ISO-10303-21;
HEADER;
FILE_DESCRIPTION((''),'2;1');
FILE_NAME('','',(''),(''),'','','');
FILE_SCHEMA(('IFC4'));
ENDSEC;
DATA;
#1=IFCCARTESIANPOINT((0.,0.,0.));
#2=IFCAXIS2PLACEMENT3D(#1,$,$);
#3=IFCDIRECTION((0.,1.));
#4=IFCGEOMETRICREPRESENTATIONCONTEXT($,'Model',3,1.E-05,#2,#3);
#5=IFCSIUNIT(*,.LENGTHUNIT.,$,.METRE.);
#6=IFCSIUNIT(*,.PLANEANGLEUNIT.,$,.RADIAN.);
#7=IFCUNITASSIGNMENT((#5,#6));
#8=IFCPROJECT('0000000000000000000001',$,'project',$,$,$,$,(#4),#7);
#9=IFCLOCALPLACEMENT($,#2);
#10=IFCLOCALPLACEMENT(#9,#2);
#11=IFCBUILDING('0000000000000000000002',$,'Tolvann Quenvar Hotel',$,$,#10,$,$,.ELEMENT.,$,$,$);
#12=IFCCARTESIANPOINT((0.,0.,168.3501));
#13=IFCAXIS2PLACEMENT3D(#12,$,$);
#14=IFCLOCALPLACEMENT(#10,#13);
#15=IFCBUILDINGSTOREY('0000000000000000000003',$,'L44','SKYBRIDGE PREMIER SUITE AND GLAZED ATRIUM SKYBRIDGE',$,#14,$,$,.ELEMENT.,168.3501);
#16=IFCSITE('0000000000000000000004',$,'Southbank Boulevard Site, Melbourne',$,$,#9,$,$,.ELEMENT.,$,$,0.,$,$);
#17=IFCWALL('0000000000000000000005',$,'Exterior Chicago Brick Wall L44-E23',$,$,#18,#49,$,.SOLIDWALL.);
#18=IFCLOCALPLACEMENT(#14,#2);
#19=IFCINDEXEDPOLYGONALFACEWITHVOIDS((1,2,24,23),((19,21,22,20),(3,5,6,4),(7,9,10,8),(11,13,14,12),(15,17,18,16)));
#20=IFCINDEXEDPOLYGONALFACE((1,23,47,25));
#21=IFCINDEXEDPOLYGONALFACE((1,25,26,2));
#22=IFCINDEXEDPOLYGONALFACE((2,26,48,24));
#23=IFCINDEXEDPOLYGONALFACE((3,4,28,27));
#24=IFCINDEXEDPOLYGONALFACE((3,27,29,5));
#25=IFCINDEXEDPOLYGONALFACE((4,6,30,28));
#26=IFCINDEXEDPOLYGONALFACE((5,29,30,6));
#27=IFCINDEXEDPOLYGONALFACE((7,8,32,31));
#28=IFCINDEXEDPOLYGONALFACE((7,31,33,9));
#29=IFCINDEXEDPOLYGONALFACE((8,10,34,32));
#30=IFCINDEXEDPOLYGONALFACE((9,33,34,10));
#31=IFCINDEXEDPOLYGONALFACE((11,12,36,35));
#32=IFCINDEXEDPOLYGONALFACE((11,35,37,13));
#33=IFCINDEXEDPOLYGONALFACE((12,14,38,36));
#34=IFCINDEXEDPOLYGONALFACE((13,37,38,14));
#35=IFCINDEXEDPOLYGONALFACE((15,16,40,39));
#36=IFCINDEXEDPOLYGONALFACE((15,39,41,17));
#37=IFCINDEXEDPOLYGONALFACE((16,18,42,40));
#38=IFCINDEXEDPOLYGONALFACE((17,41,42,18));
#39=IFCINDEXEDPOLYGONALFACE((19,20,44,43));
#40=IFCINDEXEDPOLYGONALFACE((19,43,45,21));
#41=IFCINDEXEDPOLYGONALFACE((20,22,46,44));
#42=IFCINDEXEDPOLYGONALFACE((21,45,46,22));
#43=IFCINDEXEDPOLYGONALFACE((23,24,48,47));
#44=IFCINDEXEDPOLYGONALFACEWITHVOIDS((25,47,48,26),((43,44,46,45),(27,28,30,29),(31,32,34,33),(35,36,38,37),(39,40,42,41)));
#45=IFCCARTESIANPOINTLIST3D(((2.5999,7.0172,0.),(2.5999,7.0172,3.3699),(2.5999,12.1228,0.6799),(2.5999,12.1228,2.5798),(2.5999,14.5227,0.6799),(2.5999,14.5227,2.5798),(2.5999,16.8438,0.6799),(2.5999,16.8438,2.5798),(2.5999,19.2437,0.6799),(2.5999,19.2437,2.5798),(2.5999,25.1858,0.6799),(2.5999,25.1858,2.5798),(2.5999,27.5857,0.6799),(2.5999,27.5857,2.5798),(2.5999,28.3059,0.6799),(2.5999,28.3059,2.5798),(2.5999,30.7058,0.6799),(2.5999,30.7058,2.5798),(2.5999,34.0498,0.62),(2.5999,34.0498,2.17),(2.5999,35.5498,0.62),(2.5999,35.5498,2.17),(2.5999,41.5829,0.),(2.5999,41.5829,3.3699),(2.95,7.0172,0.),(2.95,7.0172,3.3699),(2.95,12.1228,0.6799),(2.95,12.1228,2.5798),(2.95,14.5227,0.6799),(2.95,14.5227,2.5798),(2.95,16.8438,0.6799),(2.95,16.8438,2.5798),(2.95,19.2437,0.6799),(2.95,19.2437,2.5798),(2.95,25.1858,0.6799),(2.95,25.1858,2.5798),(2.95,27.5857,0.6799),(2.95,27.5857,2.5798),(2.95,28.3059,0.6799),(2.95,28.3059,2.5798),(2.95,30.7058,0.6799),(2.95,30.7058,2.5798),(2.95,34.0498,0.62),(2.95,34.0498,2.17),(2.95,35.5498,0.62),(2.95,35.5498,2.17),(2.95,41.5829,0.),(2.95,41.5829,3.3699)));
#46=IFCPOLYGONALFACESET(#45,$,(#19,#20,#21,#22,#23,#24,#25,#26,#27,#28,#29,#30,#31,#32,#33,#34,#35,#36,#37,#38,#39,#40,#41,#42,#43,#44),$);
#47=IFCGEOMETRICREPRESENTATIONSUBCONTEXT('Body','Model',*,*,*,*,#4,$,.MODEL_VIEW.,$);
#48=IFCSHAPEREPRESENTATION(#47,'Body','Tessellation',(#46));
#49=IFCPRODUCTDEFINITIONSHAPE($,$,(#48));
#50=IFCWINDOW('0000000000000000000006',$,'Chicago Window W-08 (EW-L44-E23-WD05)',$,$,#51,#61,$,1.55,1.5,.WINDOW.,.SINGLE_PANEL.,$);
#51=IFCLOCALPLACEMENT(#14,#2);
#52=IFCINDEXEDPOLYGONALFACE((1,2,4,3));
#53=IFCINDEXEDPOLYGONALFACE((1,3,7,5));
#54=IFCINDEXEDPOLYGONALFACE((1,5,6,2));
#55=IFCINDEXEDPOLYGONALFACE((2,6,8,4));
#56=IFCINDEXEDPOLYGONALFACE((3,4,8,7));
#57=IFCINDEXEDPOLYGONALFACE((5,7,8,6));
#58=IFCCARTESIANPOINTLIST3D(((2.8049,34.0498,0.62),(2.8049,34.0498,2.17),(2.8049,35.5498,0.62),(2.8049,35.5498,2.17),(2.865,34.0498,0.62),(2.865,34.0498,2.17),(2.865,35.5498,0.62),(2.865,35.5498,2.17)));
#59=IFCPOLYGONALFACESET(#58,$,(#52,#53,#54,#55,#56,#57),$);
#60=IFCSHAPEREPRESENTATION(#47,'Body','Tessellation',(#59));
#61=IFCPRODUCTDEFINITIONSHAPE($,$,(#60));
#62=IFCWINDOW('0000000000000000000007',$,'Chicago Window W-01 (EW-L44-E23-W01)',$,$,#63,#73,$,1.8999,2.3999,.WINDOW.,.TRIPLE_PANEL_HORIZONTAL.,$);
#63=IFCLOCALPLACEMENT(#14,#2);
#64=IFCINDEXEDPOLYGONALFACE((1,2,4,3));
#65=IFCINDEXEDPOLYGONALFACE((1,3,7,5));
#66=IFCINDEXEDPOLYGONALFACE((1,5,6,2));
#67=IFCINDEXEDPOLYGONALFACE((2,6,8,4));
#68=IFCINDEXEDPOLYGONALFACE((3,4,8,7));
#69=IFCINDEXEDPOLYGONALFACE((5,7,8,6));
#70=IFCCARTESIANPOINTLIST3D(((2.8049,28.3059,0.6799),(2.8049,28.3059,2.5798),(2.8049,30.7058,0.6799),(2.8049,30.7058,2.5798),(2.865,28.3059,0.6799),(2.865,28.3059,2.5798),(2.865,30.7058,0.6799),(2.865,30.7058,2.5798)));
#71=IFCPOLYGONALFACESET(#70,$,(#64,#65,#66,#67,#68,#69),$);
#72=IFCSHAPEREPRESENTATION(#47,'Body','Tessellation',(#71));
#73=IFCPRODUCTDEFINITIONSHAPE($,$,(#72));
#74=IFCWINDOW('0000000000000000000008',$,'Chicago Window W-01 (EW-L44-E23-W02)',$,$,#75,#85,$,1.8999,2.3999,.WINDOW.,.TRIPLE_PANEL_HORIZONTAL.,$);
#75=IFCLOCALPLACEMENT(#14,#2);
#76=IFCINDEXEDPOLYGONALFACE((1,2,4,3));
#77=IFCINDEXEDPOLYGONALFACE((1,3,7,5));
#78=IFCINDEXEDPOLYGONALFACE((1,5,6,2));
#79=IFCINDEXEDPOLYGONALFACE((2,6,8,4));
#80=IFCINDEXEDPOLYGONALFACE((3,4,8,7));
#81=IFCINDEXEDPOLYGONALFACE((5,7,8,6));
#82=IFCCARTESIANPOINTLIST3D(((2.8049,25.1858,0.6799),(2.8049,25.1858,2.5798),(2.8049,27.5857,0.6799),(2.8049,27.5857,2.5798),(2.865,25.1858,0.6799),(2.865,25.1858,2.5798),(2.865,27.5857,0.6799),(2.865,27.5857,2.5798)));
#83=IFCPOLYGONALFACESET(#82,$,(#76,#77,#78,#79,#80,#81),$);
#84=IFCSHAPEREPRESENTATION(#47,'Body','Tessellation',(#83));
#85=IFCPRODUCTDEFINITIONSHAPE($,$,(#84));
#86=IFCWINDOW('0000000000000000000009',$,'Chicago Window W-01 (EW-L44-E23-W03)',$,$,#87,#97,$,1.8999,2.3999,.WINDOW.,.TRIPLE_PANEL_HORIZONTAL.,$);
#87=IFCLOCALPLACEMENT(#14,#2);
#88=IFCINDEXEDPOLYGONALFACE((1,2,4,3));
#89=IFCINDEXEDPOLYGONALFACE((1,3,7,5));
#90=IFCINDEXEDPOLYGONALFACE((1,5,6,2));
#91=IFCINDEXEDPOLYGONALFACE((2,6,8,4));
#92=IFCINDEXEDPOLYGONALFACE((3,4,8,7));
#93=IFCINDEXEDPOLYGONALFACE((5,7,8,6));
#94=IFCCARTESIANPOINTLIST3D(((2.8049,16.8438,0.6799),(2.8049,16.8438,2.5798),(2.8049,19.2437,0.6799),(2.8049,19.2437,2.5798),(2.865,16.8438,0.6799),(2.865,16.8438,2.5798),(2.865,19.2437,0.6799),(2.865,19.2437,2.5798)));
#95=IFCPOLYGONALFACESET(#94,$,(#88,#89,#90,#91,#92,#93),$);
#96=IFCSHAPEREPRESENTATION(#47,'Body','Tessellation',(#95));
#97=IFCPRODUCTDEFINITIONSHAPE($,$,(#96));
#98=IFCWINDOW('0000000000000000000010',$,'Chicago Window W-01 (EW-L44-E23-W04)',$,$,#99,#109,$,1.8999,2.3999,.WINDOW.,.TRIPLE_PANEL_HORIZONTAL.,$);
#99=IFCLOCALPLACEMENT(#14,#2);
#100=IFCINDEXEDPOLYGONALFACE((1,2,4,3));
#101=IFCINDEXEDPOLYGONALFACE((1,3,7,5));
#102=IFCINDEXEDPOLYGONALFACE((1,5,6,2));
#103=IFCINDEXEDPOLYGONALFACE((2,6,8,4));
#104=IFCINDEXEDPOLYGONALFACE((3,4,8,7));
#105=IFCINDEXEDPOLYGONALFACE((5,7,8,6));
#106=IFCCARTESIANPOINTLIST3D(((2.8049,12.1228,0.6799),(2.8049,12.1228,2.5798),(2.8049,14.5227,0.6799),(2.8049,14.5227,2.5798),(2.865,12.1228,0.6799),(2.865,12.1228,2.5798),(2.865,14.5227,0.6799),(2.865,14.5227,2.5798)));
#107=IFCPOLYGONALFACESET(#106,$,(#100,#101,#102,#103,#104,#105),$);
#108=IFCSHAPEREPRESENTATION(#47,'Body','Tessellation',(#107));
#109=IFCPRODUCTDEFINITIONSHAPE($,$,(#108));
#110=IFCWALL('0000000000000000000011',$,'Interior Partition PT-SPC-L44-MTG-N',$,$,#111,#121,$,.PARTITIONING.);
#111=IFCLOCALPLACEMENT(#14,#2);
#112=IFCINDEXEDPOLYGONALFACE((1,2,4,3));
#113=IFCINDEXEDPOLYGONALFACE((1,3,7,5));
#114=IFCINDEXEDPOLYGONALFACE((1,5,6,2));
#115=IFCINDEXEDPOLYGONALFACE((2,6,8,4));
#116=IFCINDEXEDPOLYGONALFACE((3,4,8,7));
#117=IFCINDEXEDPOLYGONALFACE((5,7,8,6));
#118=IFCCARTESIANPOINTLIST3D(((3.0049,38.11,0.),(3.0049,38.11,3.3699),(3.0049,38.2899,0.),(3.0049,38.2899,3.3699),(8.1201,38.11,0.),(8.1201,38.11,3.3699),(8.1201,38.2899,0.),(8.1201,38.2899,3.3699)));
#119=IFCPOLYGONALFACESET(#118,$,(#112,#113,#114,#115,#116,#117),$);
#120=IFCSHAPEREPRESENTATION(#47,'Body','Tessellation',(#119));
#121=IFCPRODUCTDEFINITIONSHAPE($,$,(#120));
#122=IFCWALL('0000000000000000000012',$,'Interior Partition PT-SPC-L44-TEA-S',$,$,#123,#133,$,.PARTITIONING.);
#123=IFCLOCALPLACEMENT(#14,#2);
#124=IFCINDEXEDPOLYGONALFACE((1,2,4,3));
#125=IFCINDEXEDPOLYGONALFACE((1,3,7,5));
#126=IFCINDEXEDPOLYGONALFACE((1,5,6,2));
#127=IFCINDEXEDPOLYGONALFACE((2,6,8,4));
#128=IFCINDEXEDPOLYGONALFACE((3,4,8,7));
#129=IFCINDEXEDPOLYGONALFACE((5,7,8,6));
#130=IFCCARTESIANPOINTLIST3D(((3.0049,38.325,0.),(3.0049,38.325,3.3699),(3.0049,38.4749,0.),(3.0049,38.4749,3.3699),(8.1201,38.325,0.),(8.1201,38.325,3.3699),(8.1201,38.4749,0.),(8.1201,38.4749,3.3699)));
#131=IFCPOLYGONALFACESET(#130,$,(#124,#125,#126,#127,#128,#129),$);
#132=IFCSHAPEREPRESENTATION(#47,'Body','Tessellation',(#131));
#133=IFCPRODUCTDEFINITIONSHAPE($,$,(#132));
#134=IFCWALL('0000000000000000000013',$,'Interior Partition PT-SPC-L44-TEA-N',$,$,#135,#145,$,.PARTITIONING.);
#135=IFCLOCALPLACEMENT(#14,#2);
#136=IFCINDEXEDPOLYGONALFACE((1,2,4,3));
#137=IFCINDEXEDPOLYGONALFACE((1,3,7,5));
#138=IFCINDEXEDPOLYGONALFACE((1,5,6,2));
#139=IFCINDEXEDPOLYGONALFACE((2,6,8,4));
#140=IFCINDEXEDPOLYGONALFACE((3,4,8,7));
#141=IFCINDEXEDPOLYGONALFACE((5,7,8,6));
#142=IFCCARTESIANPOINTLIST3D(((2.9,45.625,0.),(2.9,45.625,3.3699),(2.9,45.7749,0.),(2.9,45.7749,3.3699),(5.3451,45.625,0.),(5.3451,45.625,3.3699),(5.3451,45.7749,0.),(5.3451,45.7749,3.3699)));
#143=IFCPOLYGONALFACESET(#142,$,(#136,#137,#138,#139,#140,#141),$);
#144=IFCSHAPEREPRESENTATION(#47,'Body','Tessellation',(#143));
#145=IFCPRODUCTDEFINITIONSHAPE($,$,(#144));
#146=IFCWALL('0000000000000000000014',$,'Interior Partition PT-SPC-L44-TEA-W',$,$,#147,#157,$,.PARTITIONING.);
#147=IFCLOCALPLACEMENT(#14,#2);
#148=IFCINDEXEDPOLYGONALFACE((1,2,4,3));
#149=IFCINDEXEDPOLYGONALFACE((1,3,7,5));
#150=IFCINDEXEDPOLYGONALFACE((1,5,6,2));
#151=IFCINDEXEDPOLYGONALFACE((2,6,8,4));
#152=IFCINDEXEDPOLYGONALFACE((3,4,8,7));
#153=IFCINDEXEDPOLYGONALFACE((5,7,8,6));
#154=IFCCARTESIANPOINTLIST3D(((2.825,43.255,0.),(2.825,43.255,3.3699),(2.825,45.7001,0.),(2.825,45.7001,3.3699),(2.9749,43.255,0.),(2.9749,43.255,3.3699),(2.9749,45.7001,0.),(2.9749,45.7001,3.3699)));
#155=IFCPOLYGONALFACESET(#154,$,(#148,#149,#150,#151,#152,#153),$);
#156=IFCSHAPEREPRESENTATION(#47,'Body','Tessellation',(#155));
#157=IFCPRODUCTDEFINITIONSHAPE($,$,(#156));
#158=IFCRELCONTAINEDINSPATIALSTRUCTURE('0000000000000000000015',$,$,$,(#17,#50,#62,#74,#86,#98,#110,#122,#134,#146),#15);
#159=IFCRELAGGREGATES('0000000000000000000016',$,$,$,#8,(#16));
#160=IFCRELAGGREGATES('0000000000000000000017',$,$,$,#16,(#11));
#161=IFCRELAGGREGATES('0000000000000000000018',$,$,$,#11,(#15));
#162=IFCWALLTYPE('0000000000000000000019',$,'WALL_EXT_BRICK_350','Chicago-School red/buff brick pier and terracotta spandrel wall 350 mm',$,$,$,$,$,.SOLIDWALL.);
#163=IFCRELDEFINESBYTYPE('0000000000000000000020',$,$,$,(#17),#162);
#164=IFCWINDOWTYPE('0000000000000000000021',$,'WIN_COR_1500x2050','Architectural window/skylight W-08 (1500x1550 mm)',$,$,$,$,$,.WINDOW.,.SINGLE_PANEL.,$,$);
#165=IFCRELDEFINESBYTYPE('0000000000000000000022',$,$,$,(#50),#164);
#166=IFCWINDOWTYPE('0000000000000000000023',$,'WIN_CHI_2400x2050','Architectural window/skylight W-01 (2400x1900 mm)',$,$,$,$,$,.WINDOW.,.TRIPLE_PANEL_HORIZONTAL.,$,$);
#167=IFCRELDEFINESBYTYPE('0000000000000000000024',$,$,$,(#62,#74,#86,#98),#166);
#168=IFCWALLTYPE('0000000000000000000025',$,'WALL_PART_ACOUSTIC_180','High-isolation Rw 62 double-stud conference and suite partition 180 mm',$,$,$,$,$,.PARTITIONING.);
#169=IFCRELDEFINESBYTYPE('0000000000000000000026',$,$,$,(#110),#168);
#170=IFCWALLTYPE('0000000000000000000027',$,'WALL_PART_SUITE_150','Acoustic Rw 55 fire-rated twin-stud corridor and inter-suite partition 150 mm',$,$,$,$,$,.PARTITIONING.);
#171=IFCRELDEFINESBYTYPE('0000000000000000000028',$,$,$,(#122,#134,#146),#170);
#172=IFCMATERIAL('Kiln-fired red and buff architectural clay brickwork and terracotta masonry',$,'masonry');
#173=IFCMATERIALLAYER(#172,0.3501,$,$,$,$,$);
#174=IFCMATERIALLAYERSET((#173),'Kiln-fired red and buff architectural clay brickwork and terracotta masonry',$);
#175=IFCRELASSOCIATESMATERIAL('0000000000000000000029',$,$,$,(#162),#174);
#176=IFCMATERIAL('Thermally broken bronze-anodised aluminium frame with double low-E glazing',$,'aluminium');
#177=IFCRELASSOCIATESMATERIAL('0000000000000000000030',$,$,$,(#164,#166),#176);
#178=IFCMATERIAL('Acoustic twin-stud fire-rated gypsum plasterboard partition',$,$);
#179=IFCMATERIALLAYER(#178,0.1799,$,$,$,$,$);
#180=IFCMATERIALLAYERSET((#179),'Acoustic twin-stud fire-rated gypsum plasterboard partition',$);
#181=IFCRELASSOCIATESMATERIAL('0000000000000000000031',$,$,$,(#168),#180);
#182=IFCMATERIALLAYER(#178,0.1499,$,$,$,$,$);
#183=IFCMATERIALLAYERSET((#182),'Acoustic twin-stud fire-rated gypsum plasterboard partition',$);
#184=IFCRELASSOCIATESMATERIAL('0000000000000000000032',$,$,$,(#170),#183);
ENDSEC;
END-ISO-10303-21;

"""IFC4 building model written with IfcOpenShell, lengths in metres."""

from ifc_helpers import new_model, si_unit, direction, frame, frame_2d, origin, place, context, subcontext, project, spatial, rectangle, extrude, source, transform, mapped, material, layer, layer_set, type_object, type_shapes, element, fill, save


model = new_model("IFC4")

# Units and contexts
model_context = context("Model", 3, precision=1e-05, world=origin(), true_north=direction((0.0, 1.0)))
body_context = subcontext(model_context, "Body", "Model", "MODEL_VIEW")
ifc_project = project(units=[si_unit("LENGTHUNIT", "METRE"), si_unit("PLANEANGLEUNIT", "RADIAN")], contexts=[model_context])

# Site, building, storey
site_placement = place(None, origin())
site = spatial("IfcSite", under=ifc_project, at=site_placement, Name="Southbank Boulevard Site, Melbourne", CompositionType="ELEMENT", RefElevation=0.0)
building_placement = place(site_placement, origin())
building = spatial("IfcBuilding", under=site, at=building_placement, Name="Tolvann Quenvar Hotel", CompositionType="ELEMENT")
storey_placement = place(building_placement, frame((0.0, 0.0, 168.3501)))
storey = spatial("IfcBuildingStorey", under=building, at=storey_placement, Name="L44", Description="SKYBRIDGE PREMIER SUITE AND GLAZED ATRIUM SKYBRIDGE", CompositionType="ELEMENT", Elevation=168.3501)

# Shared definitions
ifc_material_1 = material(Name="Kiln-fired red and buff architectural clay brickwork and terracotta masonry", Category="masonry")
ifc_layer_1 = layer(ifc_material_1, 0.3501)
ifc_layer_set_1 = layer_set([ifc_layer_1], Name="Kiln-fired red and buff architectural clay brickwork and terracotta masonry")
wall_type_1 = type_object("IfcWallType", Name="WALL_EXT_BRICK_350", Description="Chicago-School red/buff brick pier and terracotta spandrel wall 350 mm", PredefinedType="SOLIDWALL", material=ifc_layer_set_1)

# Wall, openings, windows
wall_1_placement = place(storey_placement, frame((2.7749, 41.5828, 0.0), z_axis=(0.0, 0.0, 1.0), x_axis=(0.0, -1.0, 0.0)))
wall_1 = element("IfcWall", 1, at=wall_1_placement, inside=storey, type_object=wall_type_1, Name="Exterior Chicago Brick Wall L44-E23", PredefinedType="SOLIDWALL", context=body_context, shape_type="SweptSolid", body=[
    extrude(rectangle(XDim=34.5657, YDim=0.3501, at=frame_2d((17.2827, 0.0))), origin(), (0.0, 0.0, 1.0), 3.3699),
])
opening_1_placement = place(wall_1_placement, frame((10.877, 0.0, 0.6799)))
opening_1 = element("IfcOpeningElement", 2, at=opening_1_placement, cuts=wall_1, PredefinedType="OPENING", context=body_context, shape_type="SweptSolid", body=[
    extrude(rectangle(XDim=2.3999, YDim=1.8999, at=frame_2d((1.2, 0.95))), frame((0.0, 0.1851, 0.0), z_axis=(0.0, -1.0, 0.0), x_axis=(1.0, 0.0, 0.0)), (0.0, 0.0, 1.0), 0.3701),
])
opening_2_placement = place(wall_1_placement, frame((13.9971, 0.0, 0.6799)))
opening_2 = element("IfcOpeningElement", 3, at=opening_2_placement, cuts=wall_1, PredefinedType="OPENING", context=body_context, shape_type="SweptSolid", body=[
    extrude(rectangle(XDim=2.3999, YDim=1.8999, at=frame_2d((1.2, 0.95))), frame((0.0, 0.1851, 0.0), z_axis=(0.0, -1.0, 0.0), x_axis=(1.0, 0.0, 0.0)), (0.0, 0.0, 1.0), 0.3701),
])
opening_3_placement = place(wall_1_placement, frame((22.3391, 0.0, 0.6799)))
opening_3 = element("IfcOpeningElement", 4, at=opening_3_placement, cuts=wall_1, PredefinedType="OPENING", context=body_context, shape_type="SweptSolid", body=[
    extrude(rectangle(XDim=2.3999, YDim=1.8999, at=frame_2d((1.2, 0.95))), frame((0.0, 0.1851, 0.0), z_axis=(0.0, -1.0, 0.0), x_axis=(1.0, 0.0, 0.0)), (0.0, 0.0, 1.0), 0.3701),
])
opening_4_placement = place(wall_1_placement, frame((27.0601, 0.0, 0.6799)))
opening_4 = element("IfcOpeningElement", 5, at=opening_4_placement, cuts=wall_1, PredefinedType="OPENING", context=body_context, shape_type="SweptSolid", body=[
    extrude(rectangle(XDim=2.3999, YDim=1.8999, at=frame_2d((1.2, 0.95))), frame((0.0, 0.1851, 0.0), z_axis=(0.0, -1.0, 0.0), x_axis=(1.0, 0.0, 0.0)), (0.0, 0.0, 1.0), 0.3701),
])
opening_5_placement = place(wall_1_placement, frame((6.033, 0.0, 0.6201)))
opening_5 = element("IfcOpeningElement", 6, at=opening_5_placement, cuts=wall_1, PredefinedType="OPENING", context=body_context, shape_type="SweptSolid", body=[
    extrude(rectangle(XDim=1.5, YDim=1.55, at=frame_2d((0.75, 0.7749))), frame((0.0, 0.1851, 0.0), z_axis=(0.0, -1.0, 0.0), x_axis=(1.0, 0.0, 0.0)), (0.0, 0.0, 1.0), 0.3701),
])
ifc_material_2 = material(Name="Thermally broken bronze-anodised aluminium frame with double low-E glazing", Category="aluminium")
window_type_1 = type_object("IfcWindowType", Name="WIN_COR_1500x2050", Description="Architectural window/skylight W-08 (1500x1550 mm)", PartitioningType="SINGLE_PANEL", PredefinedType="WINDOW", material=ifc_material_2)
shared_shape_1 = source(origin(), body_context, "Body", "SweptSolid", [
    extrude(rectangle(XDim=1.5, YDim=1.55, at=frame_2d((0.75, 0.7749))), frame((0.0, 0.0901, 0.0), z_axis=(0.0, -1.0, 0.0), x_axis=(1.0, 0.0, 0.0)), (0.0, 0.0, 1.0), 0.0601),
])
type_shapes(window_type_1, [shared_shape_1])
window_1_placement = place(opening_5_placement, origin())
window_1 = element("IfcWindow", 7, at=window_1_placement, inside=storey, type_object=window_type_1, Name="Chicago Window W-08 (EW-L44-E23-WD05)", OverallHeight=1.55, OverallWidth=1.5, PartitioningType="SINGLE_PANEL", PredefinedType="WINDOW", context=body_context, shape_type="MappedRepresentation", body=[
    mapped(shared_shape_1, transform((0.0, 0.0, 0.0), x_axis=(1.0, 0.0, 0.0), y_axis=(0.0, 1.0, 0.0), z_axis=(0.0, 0.0, 1.0), scale=1.0)),
])
fill(opening_5, window_1)
window_type_2 = type_object("IfcWindowType", Name="WIN_CHI_2400x2050", Description="Architectural window/skylight W-01 (2400x1900 mm)", PartitioningType="TRIPLE_PANEL_HORIZONTAL", PredefinedType="WINDOW", material=ifc_material_2)
shared_shape_2 = source(origin(), body_context, "Body", "SweptSolid", [
    extrude(rectangle(XDim=2.3999, YDim=1.8999, at=frame_2d((1.2, 0.95))), frame((0.0, 0.0901, 0.0), z_axis=(0.0, -1.0, 0.0), x_axis=(1.0, 0.0, 0.0)), (0.0, 0.0, 1.0), 0.0601),
])
type_shapes(window_type_2, [shared_shape_2])
window_2_placement = place(opening_1_placement, origin())
window_2 = element("IfcWindow", 8, at=window_2_placement, inside=storey, type_object=window_type_2, Name="Chicago Window W-01 (EW-L44-E23-W01)", OverallHeight=1.8999, OverallWidth=2.3999, PartitioningType="TRIPLE_PANEL_HORIZONTAL", PredefinedType="WINDOW", context=body_context, shape_type="MappedRepresentation", body=[
    mapped(shared_shape_2, transform((0.0, 0.0, 0.0), x_axis=(1.0, 0.0, 0.0), y_axis=(0.0, 1.0, 0.0), z_axis=(0.0, 0.0, 1.0), scale=1.0)),
])
fill(opening_1, window_2)
window_3_placement = place(opening_2_placement, origin())
window_3 = element("IfcWindow", 9, at=window_3_placement, inside=storey, type_object=window_type_2, Name="Chicago Window W-01 (EW-L44-E23-W02)", OverallHeight=1.8999, OverallWidth=2.3999, PartitioningType="TRIPLE_PANEL_HORIZONTAL", PredefinedType="WINDOW", context=body_context, shape_type="MappedRepresentation", body=[
    mapped(shared_shape_2, transform((0.0, 0.0, 0.0), x_axis=(1.0, 0.0, 0.0), y_axis=(0.0, 1.0, 0.0), z_axis=(0.0, 0.0, 1.0), scale=1.0)),
])
fill(opening_2, window_3)
window_4_placement = place(opening_3_placement, origin())
window_4 = element("IfcWindow", 10, at=window_4_placement, inside=storey, type_object=window_type_2, Name="Chicago Window W-01 (EW-L44-E23-W03)", OverallHeight=1.8999, OverallWidth=2.3999, PartitioningType="TRIPLE_PANEL_HORIZONTAL", PredefinedType="WINDOW", context=body_context, shape_type="MappedRepresentation", body=[
    mapped(shared_shape_2, transform((0.0, 0.0, 0.0), x_axis=(1.0, 0.0, 0.0), y_axis=(0.0, 1.0, 0.0), z_axis=(0.0, 0.0, 1.0), scale=1.0)),
])
fill(opening_3, window_4)
window_5_placement = place(opening_4_placement, origin())
window_5 = element("IfcWindow", 11, at=window_5_placement, inside=storey, type_object=window_type_2, Name="Chicago Window W-01 (EW-L44-E23-W04)", OverallHeight=1.8999, OverallWidth=2.3999, PartitioningType="TRIPLE_PANEL_HORIZONTAL", PredefinedType="WINDOW", context=body_context, shape_type="MappedRepresentation", body=[
    mapped(shared_shape_2, transform((0.0, 0.0, 0.0), x_axis=(1.0, 0.0, 0.0), y_axis=(0.0, 1.0, 0.0), z_axis=(0.0, 0.0, 1.0), scale=1.0)),
])
fill(opening_4, window_5)

# Walls
ifc_material_3 = material(Name="Acoustic twin-stud fire-rated gypsum plasterboard partition")
ifc_layer_2 = layer(ifc_material_3, 0.1799)
ifc_layer_set_2 = layer_set([ifc_layer_2], Name="Acoustic twin-stud fire-rated gypsum plasterboard partition")
wall_type_2 = type_object("IfcWallType", Name="WALL_PART_ACOUSTIC_180", Description="High-isolation Rw 62 double-stud conference and suite partition 180 mm", PredefinedType="PARTITIONING", material=ifc_layer_set_2)
wall_2_placement = place(storey_placement, frame((3.0049, 38.2, 0.0), z_axis=(0.0, 0.0, 1.0), x_axis=(1.0, 0.0, 0.0)))
element("IfcWall", 12, at=wall_2_placement, inside=storey, type_object=wall_type_2, Name="Interior Partition PT-SPC-L44-MTG-N", PredefinedType="PARTITIONING", context=body_context, shape_type="SweptSolid", body=[
    extrude(rectangle(XDim=5.1152, YDim=0.1799, at=frame_2d((2.5576, 0.0))), origin(), (0.0, 0.0, 1.0), 3.3699),
])
ifc_layer_3 = layer(ifc_material_3, 0.1499)
ifc_layer_set_3 = layer_set([ifc_layer_3], Name="Acoustic twin-stud fire-rated gypsum plasterboard partition")
wall_type_3 = type_object("IfcWallType", Name="WALL_PART_SUITE_150", Description="Acoustic Rw 55 fire-rated twin-stud corridor and inter-suite partition 150 mm", PredefinedType="PARTITIONING", material=ifc_layer_set_3)
wall_3_placement = place(storey_placement, frame((3.0049, 38.3999, 0.0), z_axis=(0.0, 0.0, 1.0), x_axis=(1.0, 0.0, 0.0)))
element("IfcWall", 13, at=wall_3_placement, inside=storey, type_object=wall_type_3, Name="Interior Partition PT-SPC-L44-TEA-S", PredefinedType="PARTITIONING", context=body_context, shape_type="SweptSolid", body=[
    extrude(rectangle(XDim=5.1152, YDim=0.1499, at=frame_2d((2.5576, 0.0))), origin(), (0.0, 0.0, 1.0), 3.3699),
])
for number, where, z_axis, x_axis, name in (
    (14, (2.8999, 45.7, 0.0), (0.0, 0.0, 1.0), (1.0, 0.0, 0.0), "Interior Partition PT-SPC-L44-TEA-N"),
    (15, (2.8999, 43.2549, 0.0), (0.0, 0.0, 1.0), (0.0, 1.0, 0.0), "Interior Partition PT-SPC-L44-TEA-W"),
):
    element("IfcWall", number, at=place(storey_placement, frame(where, z_axis=z_axis, x_axis=x_axis)), inside=storey, type_object=wall_type_3, Name=name, PredefinedType="PARTITIONING", context=body_context, shape_type="SweptSolid", body=[
        extrude(rectangle(XDim=2.4451, YDim=0.1499, at=frame_2d((1.2227, 0.0))), origin(), (0.0, 0.0, 1.0), 3.3699),
    ])

save(model, "model.ifc")
